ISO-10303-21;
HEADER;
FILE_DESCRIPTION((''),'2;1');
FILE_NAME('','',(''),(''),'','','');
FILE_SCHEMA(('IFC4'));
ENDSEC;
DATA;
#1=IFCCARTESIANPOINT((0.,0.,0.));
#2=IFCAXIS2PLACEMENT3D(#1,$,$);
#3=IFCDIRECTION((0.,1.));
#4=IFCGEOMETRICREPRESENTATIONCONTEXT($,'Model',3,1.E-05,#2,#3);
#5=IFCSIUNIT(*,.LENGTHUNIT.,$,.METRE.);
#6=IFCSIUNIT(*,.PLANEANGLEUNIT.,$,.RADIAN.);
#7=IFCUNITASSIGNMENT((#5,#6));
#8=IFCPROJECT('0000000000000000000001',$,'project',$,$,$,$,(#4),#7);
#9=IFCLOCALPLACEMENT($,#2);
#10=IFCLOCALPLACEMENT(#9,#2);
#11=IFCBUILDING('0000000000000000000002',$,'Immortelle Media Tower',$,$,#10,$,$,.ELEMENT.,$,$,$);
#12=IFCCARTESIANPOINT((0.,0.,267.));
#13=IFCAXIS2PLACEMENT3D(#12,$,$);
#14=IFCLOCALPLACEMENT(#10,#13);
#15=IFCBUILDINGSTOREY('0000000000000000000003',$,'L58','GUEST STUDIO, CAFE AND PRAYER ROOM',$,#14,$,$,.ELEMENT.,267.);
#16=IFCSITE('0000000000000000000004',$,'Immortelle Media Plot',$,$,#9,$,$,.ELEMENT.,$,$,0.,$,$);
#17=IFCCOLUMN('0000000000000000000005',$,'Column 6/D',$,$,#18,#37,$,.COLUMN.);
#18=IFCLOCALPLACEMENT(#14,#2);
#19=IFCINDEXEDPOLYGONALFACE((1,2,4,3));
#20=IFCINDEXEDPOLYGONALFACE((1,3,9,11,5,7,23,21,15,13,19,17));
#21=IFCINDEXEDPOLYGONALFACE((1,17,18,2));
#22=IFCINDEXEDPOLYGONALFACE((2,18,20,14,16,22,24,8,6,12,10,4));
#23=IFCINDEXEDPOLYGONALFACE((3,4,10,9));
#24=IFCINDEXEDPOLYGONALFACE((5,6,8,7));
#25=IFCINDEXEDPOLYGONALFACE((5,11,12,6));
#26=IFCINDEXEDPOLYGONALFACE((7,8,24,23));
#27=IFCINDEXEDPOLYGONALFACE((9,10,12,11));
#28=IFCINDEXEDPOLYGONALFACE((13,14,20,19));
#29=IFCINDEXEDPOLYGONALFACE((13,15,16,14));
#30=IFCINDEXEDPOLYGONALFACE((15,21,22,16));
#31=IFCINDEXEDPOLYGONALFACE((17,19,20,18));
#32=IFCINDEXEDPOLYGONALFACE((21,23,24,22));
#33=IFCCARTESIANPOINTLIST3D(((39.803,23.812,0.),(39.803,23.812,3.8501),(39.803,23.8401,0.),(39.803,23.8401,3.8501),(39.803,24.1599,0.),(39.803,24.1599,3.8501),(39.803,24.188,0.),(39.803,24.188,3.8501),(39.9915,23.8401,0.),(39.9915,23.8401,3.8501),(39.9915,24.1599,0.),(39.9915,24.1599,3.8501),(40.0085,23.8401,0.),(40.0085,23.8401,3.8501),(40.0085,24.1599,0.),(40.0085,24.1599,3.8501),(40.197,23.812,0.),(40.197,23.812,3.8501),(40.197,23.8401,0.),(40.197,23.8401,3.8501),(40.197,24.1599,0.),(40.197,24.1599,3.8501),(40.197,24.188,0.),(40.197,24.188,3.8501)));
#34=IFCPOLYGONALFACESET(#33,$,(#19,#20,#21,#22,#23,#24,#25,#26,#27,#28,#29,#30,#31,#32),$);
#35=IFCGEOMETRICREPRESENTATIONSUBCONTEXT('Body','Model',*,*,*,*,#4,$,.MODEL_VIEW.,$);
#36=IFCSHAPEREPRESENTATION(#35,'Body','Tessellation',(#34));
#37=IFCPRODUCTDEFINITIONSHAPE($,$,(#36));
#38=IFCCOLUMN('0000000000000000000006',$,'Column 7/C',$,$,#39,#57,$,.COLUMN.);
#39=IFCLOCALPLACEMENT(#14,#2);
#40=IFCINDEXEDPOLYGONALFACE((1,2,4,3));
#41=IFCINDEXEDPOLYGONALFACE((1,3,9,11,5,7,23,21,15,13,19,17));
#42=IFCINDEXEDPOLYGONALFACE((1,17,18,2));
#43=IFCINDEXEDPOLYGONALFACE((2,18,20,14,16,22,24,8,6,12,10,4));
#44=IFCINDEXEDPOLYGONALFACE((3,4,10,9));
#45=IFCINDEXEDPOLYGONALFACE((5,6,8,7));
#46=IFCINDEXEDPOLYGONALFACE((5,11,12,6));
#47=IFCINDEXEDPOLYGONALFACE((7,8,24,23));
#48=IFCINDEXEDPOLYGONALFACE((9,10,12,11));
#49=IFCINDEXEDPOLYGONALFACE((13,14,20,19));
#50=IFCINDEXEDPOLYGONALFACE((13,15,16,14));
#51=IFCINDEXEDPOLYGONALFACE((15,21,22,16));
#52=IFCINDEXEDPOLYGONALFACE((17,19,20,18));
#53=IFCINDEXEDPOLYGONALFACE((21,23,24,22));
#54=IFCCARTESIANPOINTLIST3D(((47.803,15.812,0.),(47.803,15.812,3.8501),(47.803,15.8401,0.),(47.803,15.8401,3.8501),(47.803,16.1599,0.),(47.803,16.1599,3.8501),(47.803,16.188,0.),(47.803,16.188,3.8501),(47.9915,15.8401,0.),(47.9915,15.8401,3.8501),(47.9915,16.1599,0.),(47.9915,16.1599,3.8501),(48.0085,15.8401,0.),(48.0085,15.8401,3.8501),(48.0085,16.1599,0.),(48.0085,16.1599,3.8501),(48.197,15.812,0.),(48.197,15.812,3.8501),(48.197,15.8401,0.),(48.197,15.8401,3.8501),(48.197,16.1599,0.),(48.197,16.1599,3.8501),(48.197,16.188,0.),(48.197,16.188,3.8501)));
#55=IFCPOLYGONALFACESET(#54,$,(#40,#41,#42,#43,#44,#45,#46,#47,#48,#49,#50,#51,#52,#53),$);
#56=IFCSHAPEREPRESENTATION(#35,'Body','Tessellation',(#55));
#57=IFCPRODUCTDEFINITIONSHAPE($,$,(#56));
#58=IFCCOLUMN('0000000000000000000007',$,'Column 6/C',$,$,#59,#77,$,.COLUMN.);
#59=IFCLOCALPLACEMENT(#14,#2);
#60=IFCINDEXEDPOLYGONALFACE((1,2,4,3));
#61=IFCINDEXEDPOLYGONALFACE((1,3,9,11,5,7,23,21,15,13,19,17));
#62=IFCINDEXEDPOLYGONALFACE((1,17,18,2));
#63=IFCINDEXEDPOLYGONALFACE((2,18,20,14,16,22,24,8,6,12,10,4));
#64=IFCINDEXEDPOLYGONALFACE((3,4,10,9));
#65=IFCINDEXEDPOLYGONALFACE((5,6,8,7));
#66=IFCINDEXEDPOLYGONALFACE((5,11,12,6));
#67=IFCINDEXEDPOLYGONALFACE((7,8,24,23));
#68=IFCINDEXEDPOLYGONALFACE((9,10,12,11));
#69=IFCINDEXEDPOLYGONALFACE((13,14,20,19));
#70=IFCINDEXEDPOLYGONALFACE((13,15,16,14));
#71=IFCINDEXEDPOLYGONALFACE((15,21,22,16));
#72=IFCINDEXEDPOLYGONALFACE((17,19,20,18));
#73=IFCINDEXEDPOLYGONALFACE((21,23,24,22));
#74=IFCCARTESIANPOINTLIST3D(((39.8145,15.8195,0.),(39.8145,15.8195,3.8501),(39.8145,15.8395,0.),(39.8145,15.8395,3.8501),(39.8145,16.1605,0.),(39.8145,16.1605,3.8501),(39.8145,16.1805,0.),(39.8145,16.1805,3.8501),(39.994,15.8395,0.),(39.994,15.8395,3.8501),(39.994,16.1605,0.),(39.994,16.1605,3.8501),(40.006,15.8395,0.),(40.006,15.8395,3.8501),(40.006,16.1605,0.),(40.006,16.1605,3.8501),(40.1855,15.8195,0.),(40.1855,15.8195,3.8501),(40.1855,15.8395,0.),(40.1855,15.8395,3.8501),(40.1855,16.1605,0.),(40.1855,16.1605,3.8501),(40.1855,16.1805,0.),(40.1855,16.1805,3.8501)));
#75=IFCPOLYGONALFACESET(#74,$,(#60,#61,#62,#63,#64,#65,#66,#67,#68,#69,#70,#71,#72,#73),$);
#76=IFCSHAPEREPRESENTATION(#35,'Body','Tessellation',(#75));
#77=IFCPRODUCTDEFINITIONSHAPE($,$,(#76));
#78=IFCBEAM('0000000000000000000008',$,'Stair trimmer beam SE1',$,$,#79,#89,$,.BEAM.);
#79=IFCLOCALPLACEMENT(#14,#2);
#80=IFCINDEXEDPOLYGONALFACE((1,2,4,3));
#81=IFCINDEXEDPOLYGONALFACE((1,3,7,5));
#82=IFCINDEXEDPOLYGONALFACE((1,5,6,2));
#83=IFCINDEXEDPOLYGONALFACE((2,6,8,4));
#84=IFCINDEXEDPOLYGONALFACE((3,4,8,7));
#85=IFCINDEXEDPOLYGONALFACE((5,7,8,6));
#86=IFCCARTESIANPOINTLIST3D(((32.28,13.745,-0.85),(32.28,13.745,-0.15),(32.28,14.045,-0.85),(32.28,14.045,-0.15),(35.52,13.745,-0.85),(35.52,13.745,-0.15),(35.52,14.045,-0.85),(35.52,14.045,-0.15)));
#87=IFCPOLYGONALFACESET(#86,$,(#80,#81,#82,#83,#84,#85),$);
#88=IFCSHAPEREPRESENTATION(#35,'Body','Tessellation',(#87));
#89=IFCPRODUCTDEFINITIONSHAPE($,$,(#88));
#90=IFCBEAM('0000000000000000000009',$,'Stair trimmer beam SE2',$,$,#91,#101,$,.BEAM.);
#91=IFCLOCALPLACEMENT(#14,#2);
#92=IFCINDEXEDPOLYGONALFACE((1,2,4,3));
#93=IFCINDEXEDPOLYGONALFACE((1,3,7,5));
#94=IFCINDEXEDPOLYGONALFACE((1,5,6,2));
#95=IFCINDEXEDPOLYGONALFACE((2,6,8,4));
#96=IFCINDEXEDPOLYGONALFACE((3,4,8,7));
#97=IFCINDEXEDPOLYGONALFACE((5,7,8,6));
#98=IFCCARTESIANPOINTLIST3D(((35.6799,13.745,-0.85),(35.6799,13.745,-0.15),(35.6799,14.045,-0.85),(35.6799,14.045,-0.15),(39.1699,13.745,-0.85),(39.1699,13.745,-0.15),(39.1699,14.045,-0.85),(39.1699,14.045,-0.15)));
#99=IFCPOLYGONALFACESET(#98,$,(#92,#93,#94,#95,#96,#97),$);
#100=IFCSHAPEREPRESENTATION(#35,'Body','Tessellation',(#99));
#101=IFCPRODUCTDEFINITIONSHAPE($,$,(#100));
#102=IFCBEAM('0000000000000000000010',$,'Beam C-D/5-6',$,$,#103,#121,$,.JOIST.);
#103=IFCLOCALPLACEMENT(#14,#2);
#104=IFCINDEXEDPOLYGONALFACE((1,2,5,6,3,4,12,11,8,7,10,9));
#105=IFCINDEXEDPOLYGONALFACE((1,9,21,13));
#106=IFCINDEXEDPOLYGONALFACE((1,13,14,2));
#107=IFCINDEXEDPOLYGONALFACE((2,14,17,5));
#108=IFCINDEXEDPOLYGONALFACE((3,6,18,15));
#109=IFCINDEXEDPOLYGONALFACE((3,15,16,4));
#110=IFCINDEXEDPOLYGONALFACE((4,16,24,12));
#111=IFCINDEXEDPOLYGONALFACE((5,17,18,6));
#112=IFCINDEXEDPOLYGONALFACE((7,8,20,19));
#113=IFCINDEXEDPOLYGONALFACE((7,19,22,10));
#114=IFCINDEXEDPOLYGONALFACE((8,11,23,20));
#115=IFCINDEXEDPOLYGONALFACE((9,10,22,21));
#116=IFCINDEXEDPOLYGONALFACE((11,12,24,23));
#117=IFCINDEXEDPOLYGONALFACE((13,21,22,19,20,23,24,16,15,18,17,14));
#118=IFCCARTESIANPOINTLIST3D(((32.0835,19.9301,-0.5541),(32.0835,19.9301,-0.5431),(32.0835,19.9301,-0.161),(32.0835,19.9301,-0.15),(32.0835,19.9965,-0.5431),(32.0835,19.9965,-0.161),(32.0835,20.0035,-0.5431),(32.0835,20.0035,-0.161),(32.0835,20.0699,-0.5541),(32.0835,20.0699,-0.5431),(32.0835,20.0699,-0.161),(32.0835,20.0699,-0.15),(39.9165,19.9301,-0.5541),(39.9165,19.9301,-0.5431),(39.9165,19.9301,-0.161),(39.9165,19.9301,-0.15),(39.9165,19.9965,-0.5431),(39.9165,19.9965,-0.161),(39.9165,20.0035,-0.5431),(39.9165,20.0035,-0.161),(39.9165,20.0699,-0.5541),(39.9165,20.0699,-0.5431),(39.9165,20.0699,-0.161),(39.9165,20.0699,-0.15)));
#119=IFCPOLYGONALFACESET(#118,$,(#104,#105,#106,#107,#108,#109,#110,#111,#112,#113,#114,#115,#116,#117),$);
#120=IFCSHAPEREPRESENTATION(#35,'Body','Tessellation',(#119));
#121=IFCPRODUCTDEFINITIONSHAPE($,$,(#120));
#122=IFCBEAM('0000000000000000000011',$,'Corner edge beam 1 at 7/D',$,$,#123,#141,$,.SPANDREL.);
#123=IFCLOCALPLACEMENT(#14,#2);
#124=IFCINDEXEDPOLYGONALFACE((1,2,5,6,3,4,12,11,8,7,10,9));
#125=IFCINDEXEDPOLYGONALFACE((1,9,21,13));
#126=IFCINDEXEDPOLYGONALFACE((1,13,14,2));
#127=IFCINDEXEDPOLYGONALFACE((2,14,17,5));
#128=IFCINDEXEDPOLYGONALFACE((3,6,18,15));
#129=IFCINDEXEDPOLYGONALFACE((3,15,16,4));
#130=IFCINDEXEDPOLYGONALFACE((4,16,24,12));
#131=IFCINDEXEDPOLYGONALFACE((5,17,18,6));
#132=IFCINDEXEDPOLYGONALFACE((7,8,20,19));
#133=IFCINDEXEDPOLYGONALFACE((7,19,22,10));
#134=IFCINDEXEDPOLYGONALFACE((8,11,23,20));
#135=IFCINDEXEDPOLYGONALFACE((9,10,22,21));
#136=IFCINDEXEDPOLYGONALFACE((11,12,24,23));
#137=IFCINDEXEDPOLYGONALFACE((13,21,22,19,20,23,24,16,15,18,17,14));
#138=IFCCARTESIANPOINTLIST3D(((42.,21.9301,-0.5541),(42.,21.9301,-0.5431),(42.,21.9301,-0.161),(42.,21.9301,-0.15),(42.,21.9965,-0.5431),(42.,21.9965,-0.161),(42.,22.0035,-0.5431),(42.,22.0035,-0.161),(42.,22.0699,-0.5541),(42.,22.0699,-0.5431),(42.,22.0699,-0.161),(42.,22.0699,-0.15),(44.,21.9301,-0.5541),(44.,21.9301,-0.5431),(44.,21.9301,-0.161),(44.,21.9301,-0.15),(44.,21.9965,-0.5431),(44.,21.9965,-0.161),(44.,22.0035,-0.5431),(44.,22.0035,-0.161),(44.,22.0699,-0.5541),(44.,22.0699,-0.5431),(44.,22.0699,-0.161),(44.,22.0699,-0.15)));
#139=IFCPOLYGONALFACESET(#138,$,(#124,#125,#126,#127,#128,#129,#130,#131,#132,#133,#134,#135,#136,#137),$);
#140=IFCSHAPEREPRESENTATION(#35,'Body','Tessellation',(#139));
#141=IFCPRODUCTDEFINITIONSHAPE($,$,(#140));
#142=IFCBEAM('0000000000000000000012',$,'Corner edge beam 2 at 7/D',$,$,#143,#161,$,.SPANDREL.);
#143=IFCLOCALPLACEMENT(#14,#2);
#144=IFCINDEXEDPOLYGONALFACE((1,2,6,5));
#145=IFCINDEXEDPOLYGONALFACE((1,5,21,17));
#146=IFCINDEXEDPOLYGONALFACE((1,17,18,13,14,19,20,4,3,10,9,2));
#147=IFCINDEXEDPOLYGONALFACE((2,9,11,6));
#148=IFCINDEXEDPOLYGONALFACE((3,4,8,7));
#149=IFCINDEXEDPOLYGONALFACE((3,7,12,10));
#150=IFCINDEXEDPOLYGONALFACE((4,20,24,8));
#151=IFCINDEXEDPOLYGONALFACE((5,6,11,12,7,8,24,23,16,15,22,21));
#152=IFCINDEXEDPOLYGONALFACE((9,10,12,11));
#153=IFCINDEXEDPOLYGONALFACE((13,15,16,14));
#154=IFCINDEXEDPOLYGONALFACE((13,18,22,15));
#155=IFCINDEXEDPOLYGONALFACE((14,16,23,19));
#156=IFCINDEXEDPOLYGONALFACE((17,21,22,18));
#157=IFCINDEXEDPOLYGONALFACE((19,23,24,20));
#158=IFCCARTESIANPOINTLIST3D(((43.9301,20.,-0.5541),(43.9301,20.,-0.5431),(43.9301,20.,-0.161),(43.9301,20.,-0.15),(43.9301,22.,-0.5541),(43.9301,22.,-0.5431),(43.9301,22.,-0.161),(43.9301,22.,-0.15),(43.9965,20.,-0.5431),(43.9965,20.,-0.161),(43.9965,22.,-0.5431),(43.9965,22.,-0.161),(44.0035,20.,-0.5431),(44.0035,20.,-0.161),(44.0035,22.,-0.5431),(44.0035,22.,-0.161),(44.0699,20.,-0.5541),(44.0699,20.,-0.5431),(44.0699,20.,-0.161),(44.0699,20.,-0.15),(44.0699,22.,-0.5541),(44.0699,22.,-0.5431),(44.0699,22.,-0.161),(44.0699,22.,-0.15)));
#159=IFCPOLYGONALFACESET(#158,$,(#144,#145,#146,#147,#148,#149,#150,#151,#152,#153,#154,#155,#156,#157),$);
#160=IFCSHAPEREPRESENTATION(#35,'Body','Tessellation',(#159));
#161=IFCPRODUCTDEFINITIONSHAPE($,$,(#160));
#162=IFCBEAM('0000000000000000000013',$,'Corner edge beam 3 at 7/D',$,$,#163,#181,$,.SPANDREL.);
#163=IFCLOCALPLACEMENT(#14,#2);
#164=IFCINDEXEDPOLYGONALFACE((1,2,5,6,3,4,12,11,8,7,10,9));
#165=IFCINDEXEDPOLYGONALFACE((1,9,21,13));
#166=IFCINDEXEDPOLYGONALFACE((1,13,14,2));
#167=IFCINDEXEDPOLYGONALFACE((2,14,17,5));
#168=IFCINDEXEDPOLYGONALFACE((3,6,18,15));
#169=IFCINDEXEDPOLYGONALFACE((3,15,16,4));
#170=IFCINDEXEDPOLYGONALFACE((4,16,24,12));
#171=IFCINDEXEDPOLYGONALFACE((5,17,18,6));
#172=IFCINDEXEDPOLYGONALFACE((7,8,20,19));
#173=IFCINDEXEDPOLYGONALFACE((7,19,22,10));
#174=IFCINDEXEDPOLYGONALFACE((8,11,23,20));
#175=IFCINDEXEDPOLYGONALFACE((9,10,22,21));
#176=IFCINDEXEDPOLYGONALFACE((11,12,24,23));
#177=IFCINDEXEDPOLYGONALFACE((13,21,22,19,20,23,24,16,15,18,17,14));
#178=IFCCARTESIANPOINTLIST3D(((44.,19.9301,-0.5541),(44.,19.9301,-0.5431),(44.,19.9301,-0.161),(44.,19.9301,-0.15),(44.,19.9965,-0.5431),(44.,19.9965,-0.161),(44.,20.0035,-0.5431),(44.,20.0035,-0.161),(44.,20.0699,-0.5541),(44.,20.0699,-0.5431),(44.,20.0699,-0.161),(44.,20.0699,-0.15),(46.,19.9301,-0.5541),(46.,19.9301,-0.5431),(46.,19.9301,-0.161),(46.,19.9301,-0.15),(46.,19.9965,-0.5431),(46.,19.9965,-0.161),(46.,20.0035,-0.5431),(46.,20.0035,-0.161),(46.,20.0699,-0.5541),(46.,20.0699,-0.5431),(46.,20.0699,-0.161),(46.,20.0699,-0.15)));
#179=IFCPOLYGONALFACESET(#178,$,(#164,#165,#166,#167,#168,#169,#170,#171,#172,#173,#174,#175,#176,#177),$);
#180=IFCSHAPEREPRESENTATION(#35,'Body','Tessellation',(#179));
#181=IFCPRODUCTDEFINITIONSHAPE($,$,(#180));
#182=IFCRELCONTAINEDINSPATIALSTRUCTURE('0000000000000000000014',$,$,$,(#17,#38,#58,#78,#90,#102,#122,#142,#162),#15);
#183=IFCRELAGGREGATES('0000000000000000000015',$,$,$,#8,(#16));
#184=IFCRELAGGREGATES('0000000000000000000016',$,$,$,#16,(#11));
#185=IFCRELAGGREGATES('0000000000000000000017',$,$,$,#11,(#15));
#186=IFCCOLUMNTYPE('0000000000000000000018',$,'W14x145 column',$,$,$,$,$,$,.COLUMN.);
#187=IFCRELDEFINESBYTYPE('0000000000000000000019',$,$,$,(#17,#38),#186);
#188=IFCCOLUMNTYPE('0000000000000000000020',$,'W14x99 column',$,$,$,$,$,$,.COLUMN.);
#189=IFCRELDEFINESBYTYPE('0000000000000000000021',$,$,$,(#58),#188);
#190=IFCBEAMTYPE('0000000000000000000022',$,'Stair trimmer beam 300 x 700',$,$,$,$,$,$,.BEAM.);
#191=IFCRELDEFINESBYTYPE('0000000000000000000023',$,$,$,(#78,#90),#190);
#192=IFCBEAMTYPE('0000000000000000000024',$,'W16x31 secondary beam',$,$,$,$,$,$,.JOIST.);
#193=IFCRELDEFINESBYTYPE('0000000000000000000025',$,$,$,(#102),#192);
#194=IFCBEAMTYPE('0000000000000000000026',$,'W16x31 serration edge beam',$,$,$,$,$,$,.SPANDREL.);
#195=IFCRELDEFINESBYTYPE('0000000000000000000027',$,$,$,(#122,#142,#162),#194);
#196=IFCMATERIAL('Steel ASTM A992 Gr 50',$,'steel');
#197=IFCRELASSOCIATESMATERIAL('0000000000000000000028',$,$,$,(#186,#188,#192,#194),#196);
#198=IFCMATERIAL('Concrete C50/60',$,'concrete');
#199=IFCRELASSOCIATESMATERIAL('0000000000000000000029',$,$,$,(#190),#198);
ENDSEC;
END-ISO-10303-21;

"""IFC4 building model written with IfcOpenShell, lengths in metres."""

from ifc_helpers import new_model, si_unit, direction, frame, origin, origin_2d, place, context, subcontext, project, spatial, rectangle, i_section, extrude, material, material_profile, profile_set, type_object, element, save


model = new_model("IFC4")

# Units and contexts
model_context = context("Model", 3, precision=1e-05, world=origin(), true_north=direction((0.0, 1.0)))
body_context = subcontext(model_context, "Body", "Model", "MODEL_VIEW")
ifc_project = project(units=[si_unit("LENGTHUNIT", "METRE"), si_unit("PLANEANGLEUNIT", "RADIAN")], contexts=[model_context])

# Site, building, storey
site_placement = place(None, origin())
site = spatial("IfcSite", under=ifc_project, at=site_placement, Name="Immortelle Media Plot", CompositionType="ELEMENT", RefElevation=0.0)
building_placement = place(site_placement, origin())
building = spatial("IfcBuilding", under=site, at=building_placement, Name="Immortelle Media Tower", CompositionType="ELEMENT")
storey_placement = place(building_placement, frame((0.0, 0.0, 267.0)))
storey = spatial("IfcBuildingStorey", under=building, at=storey_placement, Name="L58", Description="GUEST STUDIO, CAFE AND PRAYER ROOM", CompositionType="ELEMENT", Elevation=267.0)

# Columns
ifc_material_1 = material(Name="Steel ASTM A992 Gr 50", Category="steel")
ifc_material_profile_1 = material_profile(ifc_material_1, i_section(OverallWidth=0.394, OverallDepth=0.376, WebThickness=0.0171, FlangeThickness=0.0281, at=origin_2d()), Name="W14x145")
ifc_profile_set_1 = profile_set([ifc_material_profile_1], Name="Steel ASTM A992 Gr 50")
column_type_1 = type_object("IfcColumnType", Name="W14x145 column", PredefinedType="COLUMN", material=ifc_profile_set_1)
for number, where, z_axis, x_axis, name in (
    (1, (40.0, 24.0, 0.0), (0.0, 0.0, 1.0), (1.0, 0.0, 0.0), "Column 6/D"),
    (2, (48.0, 16.0, 0.0), (0.0, 0.0, 1.0), (1.0, 0.0, 0.0), "Column 7/C"),
):
    element("IfcColumn", number, at=place(storey_placement, frame(where, z_axis=z_axis, x_axis=x_axis)), inside=storey, type_object=column_type_1, Name=name, PredefinedType="COLUMN", context=body_context, shape_type="SweptSolid", body=[
        extrude(i_section(OverallWidth=0.394, OverallDepth=0.376, WebThickness=0.0171, FlangeThickness=0.0281, at=origin_2d()), origin(), (0.0, 0.0, 1.0), 3.8501),
    ])
ifc_material_profile_2 = material_profile(ifc_material_1, i_section(OverallWidth=0.3711, OverallDepth=0.3611, WebThickness=0.012, FlangeThickness=0.02, at=origin_2d()), Name="W14x99")
ifc_profile_set_2 = profile_set([ifc_material_profile_2], Name="Steel ASTM A992 Gr 50")
column_type_2 = type_object("IfcColumnType", Name="W14x99 column", PredefinedType="COLUMN", material=ifc_profile_set_2)
column_placement = place(storey_placement, frame((40.0, 16.0, 0.0), z_axis=(0.0, 0.0, 1.0), x_axis=(1.0, 0.0, 0.0)))
element("IfcColumn", 3, at=column_placement, inside=storey, type_object=column_type_2, Name="Column 6/C", PredefinedType="COLUMN", context=body_context, shape_type="SweptSolid", body=[
    extrude(i_section(OverallWidth=0.3711, OverallDepth=0.3611, WebThickness=0.012, FlangeThickness=0.02, at=origin_2d()), origin(), (0.0, 0.0, 1.0), 3.8501),
])

# Beams
ifc_material_2 = material(Name="Concrete C50/60", Category="concrete")
ifc_material_profile_3 = material_profile(ifc_material_2, rectangle(XDim=0.3, YDim=0.7, at=origin_2d()), Name="RC 300x700")
ifc_profile_set_3 = profile_set([ifc_material_profile_3], Name="Concrete C50/60")
beam_type_1 = type_object("IfcBeamType", Name="Stair trimmer beam 300 x 700", PredefinedType="BEAM", material=ifc_profile_set_3)
beam_1_placement = place(storey_placement, frame((32.28, 13.895, -0.5), z_axis=(1.0, 0.0, 0.0), x_axis=(0.0, 1.0, 0.0)))
element("IfcBeam", 4, at=beam_1_placement, inside=storey, type_object=beam_type_1, Name="Stair trimmer beam SE1", PredefinedType="BEAM", context=body_context, shape_type="SweptSolid", body=[
    extrude(rectangle(XDim=0.3, YDim=0.7, at=origin_2d()), origin(), (0.0, 0.0, 1.0), 3.24),
])
beam_2_placement = place(storey_placement, frame((35.6799, 13.895, -0.5), z_axis=(1.0, 0.0, 0.0), x_axis=(0.0, 1.0, 0.0)))
element("IfcBeam", 5, at=beam_2_placement, inside=storey, type_object=beam_type_1, Name="Stair trimmer beam SE2", PredefinedType="BEAM", context=body_context, shape_type="SweptSolid", body=[
    extrude(rectangle(XDim=0.3, YDim=0.7, at=origin_2d()), origin(), (0.0, 0.0, 1.0), 3.49),
])
ifc_material_profile_4 = material_profile(ifc_material_1, i_section(OverallWidth=0.1399, OverallDepth=0.4041, WebThickness=0.0071, FlangeThickness=0.011, at=origin_2d()), Name="W16x31")
ifc_profile_set_4 = profile_set([ifc_material_profile_4], Name="Steel ASTM A992 Gr 50")
beam_type_2 = type_object("IfcBeamType", Name="W16x31 secondary beam", PredefinedType="JOIST", material=ifc_profile_set_4)
beam_3_placement = place(storey_placement, frame((32.0835, 20.0, -0.3521), z_axis=(1.0, 0.0, 0.0), x_axis=(0.0, 1.0, 0.0)))
element("IfcBeam", 6, at=beam_3_placement, inside=storey, type_object=beam_type_2, Name="Beam C-D/5-6", PredefinedType="JOIST", context=body_context, shape_type="SweptSolid", body=[
    extrude(i_section(OverallWidth=0.1399, OverallDepth=0.4041, WebThickness=0.0071, FlangeThickness=0.011, at=origin_2d()), origin(), (0.0, 0.0, 1.0), 7.833),
])
ifc_material_profile_5 = material_profile(ifc_material_1, i_section(OverallWidth=0.1399, OverallDepth=0.4041, WebThickness=0.0071, FlangeThickness=0.011, at=origin_2d()), Name="W16x31")
ifc_profile_set_5 = profile_set([ifc_material_profile_5], Name="Steel ASTM A992 Gr 50")
beam_type_3 = type_object("IfcBeamType", Name="W16x31 serration edge beam", PredefinedType="SPANDREL", material=ifc_profile_set_5)
for number, where, z_axis, x_axis, name in (
    (7, (42.0, 22.0, -0.3521), (1.0, 0.0, 0.0), (0.0, 1.0, 0.0), "Corner edge beam 1 at 7/D"),
    (8, (44.0, 22.0, -0.3521), (0.0, -1.0, 0.0), (1.0, 0.0, 0.0), "Corner edge beam 2 at 7/D"),
    (9, (44.0, 20.0, -0.3521), (1.0, 0.0, 0.0), (0.0, 1.0, 0.0), "Corner edge beam 3 at 7/D"),
):
    element("IfcBeam", number, at=place(storey_placement, frame(where, z_axis=z_axis, x_axis=x_axis)), inside=storey, type_object=beam_type_3, Name=name, PredefinedType="SPANDREL", context=body_context, shape_type="SweptSolid", body=[
        extrude(i_section(OverallWidth=0.1399, OverallDepth=0.4041, WebThickness=0.0071, FlangeThickness=0.011, at=origin_2d()), origin(), (0.0, 0.0, 1.0), 2.0),
    ])

save(model, "model.ifc")
